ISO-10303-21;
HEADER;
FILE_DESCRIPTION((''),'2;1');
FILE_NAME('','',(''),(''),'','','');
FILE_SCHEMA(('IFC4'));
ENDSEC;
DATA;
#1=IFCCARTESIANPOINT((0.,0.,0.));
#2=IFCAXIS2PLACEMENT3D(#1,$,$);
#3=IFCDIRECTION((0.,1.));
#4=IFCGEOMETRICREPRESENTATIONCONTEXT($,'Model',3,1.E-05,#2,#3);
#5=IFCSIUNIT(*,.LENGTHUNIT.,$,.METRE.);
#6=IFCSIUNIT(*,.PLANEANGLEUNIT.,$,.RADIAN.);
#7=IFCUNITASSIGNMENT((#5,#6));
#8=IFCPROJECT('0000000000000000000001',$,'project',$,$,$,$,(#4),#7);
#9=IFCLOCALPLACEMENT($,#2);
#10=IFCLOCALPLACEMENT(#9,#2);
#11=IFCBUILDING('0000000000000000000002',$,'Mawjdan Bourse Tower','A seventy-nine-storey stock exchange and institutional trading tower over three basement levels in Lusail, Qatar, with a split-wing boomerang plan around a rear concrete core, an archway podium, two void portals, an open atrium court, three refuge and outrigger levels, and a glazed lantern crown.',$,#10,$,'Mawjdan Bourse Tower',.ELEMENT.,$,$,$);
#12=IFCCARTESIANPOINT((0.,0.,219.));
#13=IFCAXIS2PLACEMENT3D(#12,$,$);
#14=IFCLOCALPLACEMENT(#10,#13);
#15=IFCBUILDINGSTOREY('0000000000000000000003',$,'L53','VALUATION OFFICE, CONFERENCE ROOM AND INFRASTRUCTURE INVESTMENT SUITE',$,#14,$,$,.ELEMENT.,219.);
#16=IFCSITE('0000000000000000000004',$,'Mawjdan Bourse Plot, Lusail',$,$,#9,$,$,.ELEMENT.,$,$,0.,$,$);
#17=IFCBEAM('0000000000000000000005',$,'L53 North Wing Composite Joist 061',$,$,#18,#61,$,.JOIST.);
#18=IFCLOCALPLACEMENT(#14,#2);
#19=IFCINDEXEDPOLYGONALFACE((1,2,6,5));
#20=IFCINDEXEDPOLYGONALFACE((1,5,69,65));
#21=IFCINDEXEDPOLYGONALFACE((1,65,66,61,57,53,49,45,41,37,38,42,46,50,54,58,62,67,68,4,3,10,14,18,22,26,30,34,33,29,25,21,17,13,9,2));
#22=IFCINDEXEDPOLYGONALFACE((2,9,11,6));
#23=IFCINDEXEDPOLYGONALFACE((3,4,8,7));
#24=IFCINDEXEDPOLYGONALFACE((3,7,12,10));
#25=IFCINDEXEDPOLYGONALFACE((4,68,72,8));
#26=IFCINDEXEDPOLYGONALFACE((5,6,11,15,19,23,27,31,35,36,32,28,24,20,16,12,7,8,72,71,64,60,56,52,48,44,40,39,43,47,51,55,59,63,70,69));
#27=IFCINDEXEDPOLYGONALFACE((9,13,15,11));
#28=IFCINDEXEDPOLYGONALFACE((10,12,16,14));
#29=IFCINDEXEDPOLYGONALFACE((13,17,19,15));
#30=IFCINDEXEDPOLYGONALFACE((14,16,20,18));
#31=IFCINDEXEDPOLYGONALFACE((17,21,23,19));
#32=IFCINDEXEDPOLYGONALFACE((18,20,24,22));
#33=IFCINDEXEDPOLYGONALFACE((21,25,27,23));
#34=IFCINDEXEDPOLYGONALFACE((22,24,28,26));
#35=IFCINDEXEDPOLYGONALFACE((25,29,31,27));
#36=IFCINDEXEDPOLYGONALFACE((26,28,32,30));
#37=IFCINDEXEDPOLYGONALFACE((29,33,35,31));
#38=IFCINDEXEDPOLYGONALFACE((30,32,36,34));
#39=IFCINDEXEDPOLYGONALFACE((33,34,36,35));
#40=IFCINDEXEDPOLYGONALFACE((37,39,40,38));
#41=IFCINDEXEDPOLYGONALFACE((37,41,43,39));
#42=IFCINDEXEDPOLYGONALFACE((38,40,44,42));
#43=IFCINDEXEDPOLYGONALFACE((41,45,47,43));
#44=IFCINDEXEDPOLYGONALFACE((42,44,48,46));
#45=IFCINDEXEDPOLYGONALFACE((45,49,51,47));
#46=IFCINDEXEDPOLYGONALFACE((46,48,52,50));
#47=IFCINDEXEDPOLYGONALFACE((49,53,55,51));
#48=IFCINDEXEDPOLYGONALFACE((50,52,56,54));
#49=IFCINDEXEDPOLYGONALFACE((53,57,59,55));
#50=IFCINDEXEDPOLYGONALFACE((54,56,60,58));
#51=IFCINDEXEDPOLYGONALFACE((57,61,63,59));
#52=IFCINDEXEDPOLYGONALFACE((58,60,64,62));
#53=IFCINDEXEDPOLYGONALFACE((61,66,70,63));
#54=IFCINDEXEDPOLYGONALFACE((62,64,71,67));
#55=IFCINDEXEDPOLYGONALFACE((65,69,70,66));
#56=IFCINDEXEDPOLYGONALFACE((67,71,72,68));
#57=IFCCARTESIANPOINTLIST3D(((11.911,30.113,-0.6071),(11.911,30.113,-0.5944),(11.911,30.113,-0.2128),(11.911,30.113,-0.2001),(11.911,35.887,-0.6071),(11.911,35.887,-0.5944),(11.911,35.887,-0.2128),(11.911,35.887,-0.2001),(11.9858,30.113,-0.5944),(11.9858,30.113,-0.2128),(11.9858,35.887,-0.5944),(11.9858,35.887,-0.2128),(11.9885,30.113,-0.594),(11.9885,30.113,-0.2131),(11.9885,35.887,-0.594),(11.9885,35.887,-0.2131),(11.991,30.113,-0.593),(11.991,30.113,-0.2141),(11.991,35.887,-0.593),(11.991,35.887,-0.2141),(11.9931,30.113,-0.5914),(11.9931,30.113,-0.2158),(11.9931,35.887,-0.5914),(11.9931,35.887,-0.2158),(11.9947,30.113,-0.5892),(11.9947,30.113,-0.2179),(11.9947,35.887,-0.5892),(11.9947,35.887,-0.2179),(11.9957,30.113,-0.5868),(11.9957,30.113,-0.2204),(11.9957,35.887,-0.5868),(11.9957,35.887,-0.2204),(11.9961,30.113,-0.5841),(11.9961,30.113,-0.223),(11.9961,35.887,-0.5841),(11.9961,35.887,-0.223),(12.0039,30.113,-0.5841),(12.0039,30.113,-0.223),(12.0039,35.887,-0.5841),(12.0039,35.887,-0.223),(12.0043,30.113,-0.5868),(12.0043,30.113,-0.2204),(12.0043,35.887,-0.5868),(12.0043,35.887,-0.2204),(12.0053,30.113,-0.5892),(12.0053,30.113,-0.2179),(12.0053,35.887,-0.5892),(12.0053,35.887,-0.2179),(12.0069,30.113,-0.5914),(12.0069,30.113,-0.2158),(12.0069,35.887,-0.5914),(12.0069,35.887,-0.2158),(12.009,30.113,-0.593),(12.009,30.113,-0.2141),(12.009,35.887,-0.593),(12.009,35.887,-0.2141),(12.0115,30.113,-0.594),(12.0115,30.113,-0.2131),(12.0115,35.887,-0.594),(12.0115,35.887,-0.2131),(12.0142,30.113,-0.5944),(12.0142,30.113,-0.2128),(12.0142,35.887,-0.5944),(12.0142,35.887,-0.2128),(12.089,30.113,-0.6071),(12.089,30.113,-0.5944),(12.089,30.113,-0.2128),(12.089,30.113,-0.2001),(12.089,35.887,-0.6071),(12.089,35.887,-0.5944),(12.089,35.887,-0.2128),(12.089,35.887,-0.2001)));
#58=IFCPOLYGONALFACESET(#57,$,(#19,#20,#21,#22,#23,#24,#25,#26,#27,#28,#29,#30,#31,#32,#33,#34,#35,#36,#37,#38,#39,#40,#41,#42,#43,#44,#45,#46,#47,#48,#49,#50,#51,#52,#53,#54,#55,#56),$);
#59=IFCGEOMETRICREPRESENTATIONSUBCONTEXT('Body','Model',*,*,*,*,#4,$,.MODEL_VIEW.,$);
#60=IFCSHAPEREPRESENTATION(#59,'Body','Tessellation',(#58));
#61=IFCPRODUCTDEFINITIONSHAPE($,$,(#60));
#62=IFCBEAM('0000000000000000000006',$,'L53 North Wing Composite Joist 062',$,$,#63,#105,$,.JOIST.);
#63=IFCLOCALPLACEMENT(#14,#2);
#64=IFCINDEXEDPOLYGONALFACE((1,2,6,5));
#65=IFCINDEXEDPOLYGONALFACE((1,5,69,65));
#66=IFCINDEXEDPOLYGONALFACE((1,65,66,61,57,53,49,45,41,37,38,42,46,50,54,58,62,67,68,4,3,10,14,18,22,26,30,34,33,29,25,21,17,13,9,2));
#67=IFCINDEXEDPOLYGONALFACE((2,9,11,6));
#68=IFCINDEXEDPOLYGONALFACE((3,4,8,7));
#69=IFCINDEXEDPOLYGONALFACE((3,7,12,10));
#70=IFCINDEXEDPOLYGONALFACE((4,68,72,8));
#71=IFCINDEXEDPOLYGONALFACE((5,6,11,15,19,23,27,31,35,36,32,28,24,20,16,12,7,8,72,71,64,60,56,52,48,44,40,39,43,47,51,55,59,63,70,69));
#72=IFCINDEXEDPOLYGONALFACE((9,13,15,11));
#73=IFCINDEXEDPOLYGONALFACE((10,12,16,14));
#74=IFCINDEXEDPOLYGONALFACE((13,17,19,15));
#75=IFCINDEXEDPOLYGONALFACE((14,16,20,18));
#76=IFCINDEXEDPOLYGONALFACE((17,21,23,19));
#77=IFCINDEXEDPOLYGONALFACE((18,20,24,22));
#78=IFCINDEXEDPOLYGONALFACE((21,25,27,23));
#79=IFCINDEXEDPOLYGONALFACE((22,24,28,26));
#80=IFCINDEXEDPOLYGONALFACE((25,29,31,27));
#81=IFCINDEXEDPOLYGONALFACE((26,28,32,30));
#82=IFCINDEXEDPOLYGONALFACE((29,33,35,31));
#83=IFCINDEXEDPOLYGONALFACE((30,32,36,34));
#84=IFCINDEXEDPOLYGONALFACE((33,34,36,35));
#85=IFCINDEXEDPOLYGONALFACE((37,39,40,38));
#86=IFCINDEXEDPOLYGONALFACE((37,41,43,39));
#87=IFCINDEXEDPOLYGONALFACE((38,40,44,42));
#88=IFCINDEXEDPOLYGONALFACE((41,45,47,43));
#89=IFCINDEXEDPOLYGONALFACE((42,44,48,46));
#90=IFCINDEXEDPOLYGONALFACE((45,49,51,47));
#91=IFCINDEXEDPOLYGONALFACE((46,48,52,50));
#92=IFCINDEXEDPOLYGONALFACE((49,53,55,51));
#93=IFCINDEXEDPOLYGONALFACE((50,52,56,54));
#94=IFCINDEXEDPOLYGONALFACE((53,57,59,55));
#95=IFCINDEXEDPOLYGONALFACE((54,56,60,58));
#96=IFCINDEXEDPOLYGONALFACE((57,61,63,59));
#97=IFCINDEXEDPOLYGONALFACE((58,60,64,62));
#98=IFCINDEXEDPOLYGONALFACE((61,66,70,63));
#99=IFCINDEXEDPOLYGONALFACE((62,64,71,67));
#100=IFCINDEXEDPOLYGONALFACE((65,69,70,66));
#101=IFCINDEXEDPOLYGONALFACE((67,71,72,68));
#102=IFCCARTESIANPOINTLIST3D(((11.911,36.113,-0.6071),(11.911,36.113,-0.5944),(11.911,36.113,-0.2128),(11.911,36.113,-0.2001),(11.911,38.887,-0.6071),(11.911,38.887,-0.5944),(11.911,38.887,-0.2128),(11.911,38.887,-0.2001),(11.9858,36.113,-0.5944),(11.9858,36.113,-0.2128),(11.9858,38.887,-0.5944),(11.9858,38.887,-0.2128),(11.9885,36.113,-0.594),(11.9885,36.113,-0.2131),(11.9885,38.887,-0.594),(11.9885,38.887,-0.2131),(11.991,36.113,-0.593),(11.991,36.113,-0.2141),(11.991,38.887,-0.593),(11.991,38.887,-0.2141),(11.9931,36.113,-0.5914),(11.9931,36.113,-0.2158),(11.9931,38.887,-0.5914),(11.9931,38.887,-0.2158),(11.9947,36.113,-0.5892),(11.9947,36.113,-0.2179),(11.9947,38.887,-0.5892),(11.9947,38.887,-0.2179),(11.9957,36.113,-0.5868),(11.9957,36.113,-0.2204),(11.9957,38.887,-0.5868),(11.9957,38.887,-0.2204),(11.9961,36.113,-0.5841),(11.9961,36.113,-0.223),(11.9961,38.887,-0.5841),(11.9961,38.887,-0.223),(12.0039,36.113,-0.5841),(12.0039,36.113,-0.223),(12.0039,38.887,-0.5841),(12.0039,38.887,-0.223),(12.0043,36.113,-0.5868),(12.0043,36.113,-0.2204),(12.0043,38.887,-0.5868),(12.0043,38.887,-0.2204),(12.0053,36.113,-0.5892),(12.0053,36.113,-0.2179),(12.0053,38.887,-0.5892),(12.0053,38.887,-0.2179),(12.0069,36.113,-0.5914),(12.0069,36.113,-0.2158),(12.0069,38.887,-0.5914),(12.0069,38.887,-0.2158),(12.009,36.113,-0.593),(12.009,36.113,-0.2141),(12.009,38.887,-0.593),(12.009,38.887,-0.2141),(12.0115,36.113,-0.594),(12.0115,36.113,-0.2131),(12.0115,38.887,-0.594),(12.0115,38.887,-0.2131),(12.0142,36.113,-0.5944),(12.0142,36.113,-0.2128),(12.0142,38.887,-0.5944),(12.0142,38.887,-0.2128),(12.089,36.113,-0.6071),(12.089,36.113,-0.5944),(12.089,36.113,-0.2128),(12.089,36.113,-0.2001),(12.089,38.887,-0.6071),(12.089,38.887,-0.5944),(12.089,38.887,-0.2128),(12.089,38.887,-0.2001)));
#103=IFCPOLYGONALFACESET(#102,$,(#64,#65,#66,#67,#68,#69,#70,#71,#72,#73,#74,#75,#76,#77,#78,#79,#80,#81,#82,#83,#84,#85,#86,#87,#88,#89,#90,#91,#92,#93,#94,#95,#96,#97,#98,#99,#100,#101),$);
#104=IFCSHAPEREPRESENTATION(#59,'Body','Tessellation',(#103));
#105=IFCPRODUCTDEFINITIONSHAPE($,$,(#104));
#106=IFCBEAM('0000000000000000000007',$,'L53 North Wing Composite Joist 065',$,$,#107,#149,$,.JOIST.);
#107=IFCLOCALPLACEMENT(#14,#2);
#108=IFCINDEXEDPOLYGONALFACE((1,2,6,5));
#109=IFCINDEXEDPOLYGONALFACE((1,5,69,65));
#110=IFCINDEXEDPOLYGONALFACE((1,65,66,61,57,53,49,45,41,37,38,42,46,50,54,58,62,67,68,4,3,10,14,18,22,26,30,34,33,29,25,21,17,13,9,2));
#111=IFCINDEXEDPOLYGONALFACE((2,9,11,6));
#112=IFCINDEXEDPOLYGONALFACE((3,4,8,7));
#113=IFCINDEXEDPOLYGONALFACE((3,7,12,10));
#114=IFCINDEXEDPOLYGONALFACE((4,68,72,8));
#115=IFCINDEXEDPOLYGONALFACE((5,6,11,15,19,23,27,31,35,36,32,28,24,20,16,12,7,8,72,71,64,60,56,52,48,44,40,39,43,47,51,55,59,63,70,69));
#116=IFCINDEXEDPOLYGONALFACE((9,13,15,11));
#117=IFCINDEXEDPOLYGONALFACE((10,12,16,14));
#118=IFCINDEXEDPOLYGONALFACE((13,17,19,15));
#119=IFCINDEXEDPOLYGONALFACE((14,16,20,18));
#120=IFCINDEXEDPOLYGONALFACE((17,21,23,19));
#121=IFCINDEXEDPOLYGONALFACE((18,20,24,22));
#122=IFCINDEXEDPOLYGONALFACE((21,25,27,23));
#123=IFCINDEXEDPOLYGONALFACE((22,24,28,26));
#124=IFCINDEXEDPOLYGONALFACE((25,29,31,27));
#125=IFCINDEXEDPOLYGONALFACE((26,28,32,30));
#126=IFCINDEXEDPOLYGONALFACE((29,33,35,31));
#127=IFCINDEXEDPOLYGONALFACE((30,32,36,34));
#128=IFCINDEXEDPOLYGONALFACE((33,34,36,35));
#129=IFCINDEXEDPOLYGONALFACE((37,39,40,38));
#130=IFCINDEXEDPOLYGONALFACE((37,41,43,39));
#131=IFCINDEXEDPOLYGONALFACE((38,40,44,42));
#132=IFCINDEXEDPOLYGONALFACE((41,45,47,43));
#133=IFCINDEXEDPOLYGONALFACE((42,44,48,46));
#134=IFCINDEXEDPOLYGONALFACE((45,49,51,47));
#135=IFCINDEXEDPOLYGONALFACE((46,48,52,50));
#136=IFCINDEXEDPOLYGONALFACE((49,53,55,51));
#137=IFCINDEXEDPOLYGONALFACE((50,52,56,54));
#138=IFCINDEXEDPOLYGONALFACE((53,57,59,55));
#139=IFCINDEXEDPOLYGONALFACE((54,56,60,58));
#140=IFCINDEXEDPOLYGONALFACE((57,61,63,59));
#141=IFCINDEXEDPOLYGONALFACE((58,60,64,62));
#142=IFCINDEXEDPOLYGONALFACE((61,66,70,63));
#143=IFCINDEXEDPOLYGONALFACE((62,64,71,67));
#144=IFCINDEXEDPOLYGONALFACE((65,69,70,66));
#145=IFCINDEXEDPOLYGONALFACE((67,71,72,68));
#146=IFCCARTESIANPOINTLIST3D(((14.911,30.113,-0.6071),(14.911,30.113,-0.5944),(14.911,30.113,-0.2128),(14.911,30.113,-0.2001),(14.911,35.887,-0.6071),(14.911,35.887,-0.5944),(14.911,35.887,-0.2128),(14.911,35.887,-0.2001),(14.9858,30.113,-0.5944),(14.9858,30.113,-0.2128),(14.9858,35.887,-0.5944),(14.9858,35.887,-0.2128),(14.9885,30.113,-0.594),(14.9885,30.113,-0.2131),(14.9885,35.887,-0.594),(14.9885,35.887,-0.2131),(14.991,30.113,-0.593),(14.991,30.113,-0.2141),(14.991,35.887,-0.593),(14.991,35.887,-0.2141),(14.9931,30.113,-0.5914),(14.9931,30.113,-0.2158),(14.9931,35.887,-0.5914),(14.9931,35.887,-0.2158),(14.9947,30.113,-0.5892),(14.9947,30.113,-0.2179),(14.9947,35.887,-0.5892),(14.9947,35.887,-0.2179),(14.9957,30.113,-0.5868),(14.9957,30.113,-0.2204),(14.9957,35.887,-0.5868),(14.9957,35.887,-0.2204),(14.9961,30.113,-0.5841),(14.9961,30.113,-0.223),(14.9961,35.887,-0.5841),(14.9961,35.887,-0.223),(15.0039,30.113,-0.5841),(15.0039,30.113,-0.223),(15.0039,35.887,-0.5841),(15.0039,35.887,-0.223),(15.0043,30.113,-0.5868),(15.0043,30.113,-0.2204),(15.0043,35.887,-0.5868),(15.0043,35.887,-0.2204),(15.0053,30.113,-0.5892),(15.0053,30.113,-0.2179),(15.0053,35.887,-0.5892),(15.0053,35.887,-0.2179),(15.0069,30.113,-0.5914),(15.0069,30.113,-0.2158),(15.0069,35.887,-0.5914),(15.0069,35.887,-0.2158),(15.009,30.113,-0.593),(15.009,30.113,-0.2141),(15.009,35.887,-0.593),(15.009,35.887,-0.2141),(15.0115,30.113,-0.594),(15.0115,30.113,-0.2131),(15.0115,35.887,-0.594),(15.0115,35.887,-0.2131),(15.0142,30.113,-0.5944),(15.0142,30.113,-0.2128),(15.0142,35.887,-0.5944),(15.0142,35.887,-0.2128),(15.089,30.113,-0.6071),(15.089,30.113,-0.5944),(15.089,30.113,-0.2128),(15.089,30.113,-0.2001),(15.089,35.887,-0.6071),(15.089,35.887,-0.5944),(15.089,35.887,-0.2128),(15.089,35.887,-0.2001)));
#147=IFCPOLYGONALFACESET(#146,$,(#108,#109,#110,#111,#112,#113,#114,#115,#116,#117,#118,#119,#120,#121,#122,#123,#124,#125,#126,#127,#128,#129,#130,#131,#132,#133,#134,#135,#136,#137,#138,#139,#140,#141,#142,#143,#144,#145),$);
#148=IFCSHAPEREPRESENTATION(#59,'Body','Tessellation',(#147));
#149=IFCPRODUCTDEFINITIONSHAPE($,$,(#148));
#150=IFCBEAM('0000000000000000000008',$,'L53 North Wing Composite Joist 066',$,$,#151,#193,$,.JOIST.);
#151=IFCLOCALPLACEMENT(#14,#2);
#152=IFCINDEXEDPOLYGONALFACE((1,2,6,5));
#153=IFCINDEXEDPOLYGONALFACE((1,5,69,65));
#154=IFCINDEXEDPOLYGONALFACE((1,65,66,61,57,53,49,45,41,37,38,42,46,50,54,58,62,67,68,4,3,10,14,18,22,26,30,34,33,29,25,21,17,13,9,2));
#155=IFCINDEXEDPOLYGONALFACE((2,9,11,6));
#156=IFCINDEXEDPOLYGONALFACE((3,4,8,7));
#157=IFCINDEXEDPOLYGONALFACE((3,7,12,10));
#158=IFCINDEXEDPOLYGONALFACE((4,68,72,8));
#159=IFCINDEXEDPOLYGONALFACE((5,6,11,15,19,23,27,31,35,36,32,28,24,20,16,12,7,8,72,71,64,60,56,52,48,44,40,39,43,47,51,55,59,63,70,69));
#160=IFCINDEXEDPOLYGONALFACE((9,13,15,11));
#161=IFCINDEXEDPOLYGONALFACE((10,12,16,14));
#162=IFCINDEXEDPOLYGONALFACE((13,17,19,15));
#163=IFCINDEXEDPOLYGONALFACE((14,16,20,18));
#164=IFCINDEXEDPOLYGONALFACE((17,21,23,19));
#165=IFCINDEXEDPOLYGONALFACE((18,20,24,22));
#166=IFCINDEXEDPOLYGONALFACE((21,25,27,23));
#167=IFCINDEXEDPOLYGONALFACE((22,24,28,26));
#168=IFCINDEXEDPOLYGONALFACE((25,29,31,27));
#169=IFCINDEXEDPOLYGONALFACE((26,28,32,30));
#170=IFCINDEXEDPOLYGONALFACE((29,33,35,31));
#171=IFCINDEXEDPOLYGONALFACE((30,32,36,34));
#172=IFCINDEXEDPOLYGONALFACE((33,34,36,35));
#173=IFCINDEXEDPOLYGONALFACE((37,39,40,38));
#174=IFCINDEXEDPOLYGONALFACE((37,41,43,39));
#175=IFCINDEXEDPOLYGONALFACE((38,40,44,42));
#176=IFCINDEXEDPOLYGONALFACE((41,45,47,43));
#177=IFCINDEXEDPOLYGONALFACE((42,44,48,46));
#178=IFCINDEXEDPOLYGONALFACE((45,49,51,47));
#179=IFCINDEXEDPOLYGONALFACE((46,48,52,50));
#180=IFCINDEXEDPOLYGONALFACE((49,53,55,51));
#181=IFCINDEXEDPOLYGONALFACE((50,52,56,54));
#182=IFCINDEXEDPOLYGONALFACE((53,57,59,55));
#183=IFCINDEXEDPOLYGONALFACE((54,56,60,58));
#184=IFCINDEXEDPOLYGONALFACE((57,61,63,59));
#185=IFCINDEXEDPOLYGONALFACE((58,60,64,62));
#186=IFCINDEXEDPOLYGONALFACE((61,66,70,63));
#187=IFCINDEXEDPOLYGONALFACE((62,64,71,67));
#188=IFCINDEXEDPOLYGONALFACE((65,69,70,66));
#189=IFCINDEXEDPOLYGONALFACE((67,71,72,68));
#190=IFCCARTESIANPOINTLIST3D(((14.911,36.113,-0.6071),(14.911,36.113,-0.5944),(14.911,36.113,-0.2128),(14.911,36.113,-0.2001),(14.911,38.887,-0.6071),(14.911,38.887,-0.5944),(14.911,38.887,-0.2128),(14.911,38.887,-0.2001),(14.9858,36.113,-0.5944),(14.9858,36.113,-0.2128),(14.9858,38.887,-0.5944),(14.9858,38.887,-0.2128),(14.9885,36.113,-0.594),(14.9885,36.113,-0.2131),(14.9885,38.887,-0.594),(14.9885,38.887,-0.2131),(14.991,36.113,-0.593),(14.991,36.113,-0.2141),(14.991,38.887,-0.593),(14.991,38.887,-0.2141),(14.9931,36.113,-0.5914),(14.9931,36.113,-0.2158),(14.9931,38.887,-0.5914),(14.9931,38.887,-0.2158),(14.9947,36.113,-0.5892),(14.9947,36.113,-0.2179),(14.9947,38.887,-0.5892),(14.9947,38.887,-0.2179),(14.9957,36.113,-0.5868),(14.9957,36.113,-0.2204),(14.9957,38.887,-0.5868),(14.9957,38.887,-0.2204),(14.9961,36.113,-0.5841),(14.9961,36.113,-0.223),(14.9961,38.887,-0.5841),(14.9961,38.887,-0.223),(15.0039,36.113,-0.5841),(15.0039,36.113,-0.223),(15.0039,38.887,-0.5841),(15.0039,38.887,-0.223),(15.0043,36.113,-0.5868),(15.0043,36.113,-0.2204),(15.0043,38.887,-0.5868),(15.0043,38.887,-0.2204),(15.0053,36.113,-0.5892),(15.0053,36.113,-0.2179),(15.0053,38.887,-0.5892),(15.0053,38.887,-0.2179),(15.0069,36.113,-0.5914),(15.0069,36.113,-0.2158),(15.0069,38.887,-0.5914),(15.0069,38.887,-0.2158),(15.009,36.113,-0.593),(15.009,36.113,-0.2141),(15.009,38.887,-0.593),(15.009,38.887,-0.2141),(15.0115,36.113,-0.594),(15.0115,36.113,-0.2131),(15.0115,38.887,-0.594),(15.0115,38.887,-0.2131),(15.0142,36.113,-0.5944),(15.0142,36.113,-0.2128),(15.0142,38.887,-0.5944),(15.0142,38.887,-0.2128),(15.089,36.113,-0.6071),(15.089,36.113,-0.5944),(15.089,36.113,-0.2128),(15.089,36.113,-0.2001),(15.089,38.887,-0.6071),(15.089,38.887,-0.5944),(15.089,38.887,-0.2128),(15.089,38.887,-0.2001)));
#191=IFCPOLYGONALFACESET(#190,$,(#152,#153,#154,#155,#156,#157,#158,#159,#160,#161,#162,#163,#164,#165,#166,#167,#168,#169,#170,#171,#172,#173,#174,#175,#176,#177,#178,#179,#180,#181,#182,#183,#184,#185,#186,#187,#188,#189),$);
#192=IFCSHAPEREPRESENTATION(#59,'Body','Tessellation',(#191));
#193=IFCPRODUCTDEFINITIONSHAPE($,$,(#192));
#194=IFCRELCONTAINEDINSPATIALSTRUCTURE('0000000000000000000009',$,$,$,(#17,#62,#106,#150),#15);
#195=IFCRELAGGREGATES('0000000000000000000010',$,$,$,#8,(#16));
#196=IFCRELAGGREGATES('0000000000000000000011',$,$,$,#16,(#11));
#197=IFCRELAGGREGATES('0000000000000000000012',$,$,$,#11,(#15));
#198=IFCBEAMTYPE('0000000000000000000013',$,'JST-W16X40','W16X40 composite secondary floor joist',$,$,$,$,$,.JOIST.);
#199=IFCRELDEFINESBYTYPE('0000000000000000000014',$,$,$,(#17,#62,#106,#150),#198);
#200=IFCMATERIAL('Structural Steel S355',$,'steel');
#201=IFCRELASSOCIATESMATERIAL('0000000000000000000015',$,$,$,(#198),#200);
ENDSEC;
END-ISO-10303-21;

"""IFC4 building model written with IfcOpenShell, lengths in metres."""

from ifc_helpers import new_model, si_unit, direction, frame, origin, origin_2d, place, context, subcontext, project, spatial, i_section, extrude, material, material_profile, profile_set, type_object, element, save


model = new_model("IFC4")

# Units and contexts
model_context = context("Model", 3, precision=1e-05, world=origin(), true_north=direction((0.0, 1.0)))
body_context = subcontext(model_context, "Body", "Model", "MODEL_VIEW")
ifc_project = project(units=[si_unit("LENGTHUNIT", "METRE"), si_unit("PLANEANGLEUNIT", "RADIAN")], contexts=[model_context])

# Site, building, storey
site_placement = place(None, origin())
site = spatial("IfcSite", under=ifc_project, at=site_placement, Name="Mawjdan Bourse Plot, Lusail", CompositionType="ELEMENT", RefElevation=0.0)
building_placement = place(site_placement, origin())
building = spatial("IfcBuilding", under=site, at=building_placement, Name="Mawjdan Bourse Tower", Description="A seventy-nine-storey stock exchange and institutional trading tower over three basement levels in Lusail, Qatar, with a split-wing boomerang plan around a rear concrete core, an archway podium, two void portals, an open atrium court, three refuge and outrigger levels, and a glazed lantern crown.", LongName="Mawjdan Bourse Tower", CompositionType="ELEMENT")
storey_placement = place(building_placement, frame((0.0, 0.0, 219.0)))
storey = spatial("IfcBuildingStorey", under=building, at=storey_placement, Name="L53", Description="VALUATION OFFICE, CONFERENCE ROOM AND INFRASTRUCTURE INVESTMENT SUITE", CompositionType="ELEMENT", Elevation=219.0)

# Beams
ifc_material_1 = material(Name="Structural Steel S355", Category="steel")
ifc_material_profile_1 = material_profile(ifc_material_1, i_section(OverallWidth=0.178, OverallDepth=0.407, WebThickness=0.0078, FlangeThickness=0.0127, FilletRadius=0.0103, at=origin_2d()), Name="W16X40")
ifc_profile_set_1 = profile_set([ifc_material_profile_1], Name="Structural Steel S355")
beam_type_1 = type_object("IfcBeamType", Name="JST-W16X40", Description="W16X40 composite secondary floor joist", PredefinedType="JOIST", material=ifc_profile_set_1)
beam_1_placement = place(storey_placement, frame((12.0, 30.113, -0.4036), z_axis=(0.0, 1.0, 0.0), x_axis=(-1.0, 0.0, 0.0)))
element("IfcBeam", 1, at=beam_1_placement, inside=storey, type_object=beam_type_1, Name="L53 North Wing Composite Joist 061", PredefinedType="JOIST", context=body_context, shape_type="SweptSolid", body=[
    extrude(i_section(OverallWidth=0.178, OverallDepth=0.407, WebThickness=0.0078, FlangeThickness=0.0127, FilletRadius=0.0103, at=origin_2d()), origin(), (0.0, 0.0, 1.0), 5.7739),
])
beam_2_placement = place(storey_placement, frame((12.0, 36.113, -0.4036), z_axis=(0.0, 1.0, 0.0), x_axis=(-1.0, 0.0, 0.0)))
element("IfcBeam", 2, at=beam_2_placement, inside=storey, type_object=beam_type_1, Name="L53 North Wing Composite Joist 062", PredefinedType="JOIST", context=body_context, shape_type="SweptSolid", body=[
    extrude(i_section(OverallWidth=0.178, OverallDepth=0.407, WebThickness=0.0078, FlangeThickness=0.0127, FilletRadius=0.0103, at=origin_2d()), origin(), (0.0, 0.0, 1.0), 2.7739),
])
beam_3_placement = place(storey_placement, frame((15.0, 30.113, -0.4036), z_axis=(0.0, 1.0, 0.0), x_axis=(-1.0, 0.0, 0.0)))
element("IfcBeam", 3, at=beam_3_placement, inside=storey, type_object=beam_type_1, Name="L53 North Wing Composite Joist 065", PredefinedType="JOIST", context=body_context, shape_type="SweptSolid", body=[
    extrude(i_section(OverallWidth=0.178, OverallDepth=0.407, WebThickness=0.0078, FlangeThickness=0.0127, FilletRadius=0.0103, at=origin_2d()), origin(), (0.0, 0.0, 1.0), 5.7739),
])
beam_4_placement = place(storey_placement, frame((15.0, 36.113, -0.4036), z_axis=(0.0, 1.0, 0.0), x_axis=(-1.0, 0.0, 0.0)))
element("IfcBeam", 4, at=beam_4_placement, inside=storey, type_object=beam_type_1, Name="L53 North Wing Composite Joist 066", PredefinedType="JOIST", context=body_context, shape_type="SweptSolid", body=[
    extrude(i_section(OverallWidth=0.178, OverallDepth=0.407, WebThickness=0.0078, FlangeThickness=0.0127, FilletRadius=0.0103, at=origin_2d()), origin(), (0.0, 0.0, 1.0), 2.7739),
])

save(model, "model.ifc")
